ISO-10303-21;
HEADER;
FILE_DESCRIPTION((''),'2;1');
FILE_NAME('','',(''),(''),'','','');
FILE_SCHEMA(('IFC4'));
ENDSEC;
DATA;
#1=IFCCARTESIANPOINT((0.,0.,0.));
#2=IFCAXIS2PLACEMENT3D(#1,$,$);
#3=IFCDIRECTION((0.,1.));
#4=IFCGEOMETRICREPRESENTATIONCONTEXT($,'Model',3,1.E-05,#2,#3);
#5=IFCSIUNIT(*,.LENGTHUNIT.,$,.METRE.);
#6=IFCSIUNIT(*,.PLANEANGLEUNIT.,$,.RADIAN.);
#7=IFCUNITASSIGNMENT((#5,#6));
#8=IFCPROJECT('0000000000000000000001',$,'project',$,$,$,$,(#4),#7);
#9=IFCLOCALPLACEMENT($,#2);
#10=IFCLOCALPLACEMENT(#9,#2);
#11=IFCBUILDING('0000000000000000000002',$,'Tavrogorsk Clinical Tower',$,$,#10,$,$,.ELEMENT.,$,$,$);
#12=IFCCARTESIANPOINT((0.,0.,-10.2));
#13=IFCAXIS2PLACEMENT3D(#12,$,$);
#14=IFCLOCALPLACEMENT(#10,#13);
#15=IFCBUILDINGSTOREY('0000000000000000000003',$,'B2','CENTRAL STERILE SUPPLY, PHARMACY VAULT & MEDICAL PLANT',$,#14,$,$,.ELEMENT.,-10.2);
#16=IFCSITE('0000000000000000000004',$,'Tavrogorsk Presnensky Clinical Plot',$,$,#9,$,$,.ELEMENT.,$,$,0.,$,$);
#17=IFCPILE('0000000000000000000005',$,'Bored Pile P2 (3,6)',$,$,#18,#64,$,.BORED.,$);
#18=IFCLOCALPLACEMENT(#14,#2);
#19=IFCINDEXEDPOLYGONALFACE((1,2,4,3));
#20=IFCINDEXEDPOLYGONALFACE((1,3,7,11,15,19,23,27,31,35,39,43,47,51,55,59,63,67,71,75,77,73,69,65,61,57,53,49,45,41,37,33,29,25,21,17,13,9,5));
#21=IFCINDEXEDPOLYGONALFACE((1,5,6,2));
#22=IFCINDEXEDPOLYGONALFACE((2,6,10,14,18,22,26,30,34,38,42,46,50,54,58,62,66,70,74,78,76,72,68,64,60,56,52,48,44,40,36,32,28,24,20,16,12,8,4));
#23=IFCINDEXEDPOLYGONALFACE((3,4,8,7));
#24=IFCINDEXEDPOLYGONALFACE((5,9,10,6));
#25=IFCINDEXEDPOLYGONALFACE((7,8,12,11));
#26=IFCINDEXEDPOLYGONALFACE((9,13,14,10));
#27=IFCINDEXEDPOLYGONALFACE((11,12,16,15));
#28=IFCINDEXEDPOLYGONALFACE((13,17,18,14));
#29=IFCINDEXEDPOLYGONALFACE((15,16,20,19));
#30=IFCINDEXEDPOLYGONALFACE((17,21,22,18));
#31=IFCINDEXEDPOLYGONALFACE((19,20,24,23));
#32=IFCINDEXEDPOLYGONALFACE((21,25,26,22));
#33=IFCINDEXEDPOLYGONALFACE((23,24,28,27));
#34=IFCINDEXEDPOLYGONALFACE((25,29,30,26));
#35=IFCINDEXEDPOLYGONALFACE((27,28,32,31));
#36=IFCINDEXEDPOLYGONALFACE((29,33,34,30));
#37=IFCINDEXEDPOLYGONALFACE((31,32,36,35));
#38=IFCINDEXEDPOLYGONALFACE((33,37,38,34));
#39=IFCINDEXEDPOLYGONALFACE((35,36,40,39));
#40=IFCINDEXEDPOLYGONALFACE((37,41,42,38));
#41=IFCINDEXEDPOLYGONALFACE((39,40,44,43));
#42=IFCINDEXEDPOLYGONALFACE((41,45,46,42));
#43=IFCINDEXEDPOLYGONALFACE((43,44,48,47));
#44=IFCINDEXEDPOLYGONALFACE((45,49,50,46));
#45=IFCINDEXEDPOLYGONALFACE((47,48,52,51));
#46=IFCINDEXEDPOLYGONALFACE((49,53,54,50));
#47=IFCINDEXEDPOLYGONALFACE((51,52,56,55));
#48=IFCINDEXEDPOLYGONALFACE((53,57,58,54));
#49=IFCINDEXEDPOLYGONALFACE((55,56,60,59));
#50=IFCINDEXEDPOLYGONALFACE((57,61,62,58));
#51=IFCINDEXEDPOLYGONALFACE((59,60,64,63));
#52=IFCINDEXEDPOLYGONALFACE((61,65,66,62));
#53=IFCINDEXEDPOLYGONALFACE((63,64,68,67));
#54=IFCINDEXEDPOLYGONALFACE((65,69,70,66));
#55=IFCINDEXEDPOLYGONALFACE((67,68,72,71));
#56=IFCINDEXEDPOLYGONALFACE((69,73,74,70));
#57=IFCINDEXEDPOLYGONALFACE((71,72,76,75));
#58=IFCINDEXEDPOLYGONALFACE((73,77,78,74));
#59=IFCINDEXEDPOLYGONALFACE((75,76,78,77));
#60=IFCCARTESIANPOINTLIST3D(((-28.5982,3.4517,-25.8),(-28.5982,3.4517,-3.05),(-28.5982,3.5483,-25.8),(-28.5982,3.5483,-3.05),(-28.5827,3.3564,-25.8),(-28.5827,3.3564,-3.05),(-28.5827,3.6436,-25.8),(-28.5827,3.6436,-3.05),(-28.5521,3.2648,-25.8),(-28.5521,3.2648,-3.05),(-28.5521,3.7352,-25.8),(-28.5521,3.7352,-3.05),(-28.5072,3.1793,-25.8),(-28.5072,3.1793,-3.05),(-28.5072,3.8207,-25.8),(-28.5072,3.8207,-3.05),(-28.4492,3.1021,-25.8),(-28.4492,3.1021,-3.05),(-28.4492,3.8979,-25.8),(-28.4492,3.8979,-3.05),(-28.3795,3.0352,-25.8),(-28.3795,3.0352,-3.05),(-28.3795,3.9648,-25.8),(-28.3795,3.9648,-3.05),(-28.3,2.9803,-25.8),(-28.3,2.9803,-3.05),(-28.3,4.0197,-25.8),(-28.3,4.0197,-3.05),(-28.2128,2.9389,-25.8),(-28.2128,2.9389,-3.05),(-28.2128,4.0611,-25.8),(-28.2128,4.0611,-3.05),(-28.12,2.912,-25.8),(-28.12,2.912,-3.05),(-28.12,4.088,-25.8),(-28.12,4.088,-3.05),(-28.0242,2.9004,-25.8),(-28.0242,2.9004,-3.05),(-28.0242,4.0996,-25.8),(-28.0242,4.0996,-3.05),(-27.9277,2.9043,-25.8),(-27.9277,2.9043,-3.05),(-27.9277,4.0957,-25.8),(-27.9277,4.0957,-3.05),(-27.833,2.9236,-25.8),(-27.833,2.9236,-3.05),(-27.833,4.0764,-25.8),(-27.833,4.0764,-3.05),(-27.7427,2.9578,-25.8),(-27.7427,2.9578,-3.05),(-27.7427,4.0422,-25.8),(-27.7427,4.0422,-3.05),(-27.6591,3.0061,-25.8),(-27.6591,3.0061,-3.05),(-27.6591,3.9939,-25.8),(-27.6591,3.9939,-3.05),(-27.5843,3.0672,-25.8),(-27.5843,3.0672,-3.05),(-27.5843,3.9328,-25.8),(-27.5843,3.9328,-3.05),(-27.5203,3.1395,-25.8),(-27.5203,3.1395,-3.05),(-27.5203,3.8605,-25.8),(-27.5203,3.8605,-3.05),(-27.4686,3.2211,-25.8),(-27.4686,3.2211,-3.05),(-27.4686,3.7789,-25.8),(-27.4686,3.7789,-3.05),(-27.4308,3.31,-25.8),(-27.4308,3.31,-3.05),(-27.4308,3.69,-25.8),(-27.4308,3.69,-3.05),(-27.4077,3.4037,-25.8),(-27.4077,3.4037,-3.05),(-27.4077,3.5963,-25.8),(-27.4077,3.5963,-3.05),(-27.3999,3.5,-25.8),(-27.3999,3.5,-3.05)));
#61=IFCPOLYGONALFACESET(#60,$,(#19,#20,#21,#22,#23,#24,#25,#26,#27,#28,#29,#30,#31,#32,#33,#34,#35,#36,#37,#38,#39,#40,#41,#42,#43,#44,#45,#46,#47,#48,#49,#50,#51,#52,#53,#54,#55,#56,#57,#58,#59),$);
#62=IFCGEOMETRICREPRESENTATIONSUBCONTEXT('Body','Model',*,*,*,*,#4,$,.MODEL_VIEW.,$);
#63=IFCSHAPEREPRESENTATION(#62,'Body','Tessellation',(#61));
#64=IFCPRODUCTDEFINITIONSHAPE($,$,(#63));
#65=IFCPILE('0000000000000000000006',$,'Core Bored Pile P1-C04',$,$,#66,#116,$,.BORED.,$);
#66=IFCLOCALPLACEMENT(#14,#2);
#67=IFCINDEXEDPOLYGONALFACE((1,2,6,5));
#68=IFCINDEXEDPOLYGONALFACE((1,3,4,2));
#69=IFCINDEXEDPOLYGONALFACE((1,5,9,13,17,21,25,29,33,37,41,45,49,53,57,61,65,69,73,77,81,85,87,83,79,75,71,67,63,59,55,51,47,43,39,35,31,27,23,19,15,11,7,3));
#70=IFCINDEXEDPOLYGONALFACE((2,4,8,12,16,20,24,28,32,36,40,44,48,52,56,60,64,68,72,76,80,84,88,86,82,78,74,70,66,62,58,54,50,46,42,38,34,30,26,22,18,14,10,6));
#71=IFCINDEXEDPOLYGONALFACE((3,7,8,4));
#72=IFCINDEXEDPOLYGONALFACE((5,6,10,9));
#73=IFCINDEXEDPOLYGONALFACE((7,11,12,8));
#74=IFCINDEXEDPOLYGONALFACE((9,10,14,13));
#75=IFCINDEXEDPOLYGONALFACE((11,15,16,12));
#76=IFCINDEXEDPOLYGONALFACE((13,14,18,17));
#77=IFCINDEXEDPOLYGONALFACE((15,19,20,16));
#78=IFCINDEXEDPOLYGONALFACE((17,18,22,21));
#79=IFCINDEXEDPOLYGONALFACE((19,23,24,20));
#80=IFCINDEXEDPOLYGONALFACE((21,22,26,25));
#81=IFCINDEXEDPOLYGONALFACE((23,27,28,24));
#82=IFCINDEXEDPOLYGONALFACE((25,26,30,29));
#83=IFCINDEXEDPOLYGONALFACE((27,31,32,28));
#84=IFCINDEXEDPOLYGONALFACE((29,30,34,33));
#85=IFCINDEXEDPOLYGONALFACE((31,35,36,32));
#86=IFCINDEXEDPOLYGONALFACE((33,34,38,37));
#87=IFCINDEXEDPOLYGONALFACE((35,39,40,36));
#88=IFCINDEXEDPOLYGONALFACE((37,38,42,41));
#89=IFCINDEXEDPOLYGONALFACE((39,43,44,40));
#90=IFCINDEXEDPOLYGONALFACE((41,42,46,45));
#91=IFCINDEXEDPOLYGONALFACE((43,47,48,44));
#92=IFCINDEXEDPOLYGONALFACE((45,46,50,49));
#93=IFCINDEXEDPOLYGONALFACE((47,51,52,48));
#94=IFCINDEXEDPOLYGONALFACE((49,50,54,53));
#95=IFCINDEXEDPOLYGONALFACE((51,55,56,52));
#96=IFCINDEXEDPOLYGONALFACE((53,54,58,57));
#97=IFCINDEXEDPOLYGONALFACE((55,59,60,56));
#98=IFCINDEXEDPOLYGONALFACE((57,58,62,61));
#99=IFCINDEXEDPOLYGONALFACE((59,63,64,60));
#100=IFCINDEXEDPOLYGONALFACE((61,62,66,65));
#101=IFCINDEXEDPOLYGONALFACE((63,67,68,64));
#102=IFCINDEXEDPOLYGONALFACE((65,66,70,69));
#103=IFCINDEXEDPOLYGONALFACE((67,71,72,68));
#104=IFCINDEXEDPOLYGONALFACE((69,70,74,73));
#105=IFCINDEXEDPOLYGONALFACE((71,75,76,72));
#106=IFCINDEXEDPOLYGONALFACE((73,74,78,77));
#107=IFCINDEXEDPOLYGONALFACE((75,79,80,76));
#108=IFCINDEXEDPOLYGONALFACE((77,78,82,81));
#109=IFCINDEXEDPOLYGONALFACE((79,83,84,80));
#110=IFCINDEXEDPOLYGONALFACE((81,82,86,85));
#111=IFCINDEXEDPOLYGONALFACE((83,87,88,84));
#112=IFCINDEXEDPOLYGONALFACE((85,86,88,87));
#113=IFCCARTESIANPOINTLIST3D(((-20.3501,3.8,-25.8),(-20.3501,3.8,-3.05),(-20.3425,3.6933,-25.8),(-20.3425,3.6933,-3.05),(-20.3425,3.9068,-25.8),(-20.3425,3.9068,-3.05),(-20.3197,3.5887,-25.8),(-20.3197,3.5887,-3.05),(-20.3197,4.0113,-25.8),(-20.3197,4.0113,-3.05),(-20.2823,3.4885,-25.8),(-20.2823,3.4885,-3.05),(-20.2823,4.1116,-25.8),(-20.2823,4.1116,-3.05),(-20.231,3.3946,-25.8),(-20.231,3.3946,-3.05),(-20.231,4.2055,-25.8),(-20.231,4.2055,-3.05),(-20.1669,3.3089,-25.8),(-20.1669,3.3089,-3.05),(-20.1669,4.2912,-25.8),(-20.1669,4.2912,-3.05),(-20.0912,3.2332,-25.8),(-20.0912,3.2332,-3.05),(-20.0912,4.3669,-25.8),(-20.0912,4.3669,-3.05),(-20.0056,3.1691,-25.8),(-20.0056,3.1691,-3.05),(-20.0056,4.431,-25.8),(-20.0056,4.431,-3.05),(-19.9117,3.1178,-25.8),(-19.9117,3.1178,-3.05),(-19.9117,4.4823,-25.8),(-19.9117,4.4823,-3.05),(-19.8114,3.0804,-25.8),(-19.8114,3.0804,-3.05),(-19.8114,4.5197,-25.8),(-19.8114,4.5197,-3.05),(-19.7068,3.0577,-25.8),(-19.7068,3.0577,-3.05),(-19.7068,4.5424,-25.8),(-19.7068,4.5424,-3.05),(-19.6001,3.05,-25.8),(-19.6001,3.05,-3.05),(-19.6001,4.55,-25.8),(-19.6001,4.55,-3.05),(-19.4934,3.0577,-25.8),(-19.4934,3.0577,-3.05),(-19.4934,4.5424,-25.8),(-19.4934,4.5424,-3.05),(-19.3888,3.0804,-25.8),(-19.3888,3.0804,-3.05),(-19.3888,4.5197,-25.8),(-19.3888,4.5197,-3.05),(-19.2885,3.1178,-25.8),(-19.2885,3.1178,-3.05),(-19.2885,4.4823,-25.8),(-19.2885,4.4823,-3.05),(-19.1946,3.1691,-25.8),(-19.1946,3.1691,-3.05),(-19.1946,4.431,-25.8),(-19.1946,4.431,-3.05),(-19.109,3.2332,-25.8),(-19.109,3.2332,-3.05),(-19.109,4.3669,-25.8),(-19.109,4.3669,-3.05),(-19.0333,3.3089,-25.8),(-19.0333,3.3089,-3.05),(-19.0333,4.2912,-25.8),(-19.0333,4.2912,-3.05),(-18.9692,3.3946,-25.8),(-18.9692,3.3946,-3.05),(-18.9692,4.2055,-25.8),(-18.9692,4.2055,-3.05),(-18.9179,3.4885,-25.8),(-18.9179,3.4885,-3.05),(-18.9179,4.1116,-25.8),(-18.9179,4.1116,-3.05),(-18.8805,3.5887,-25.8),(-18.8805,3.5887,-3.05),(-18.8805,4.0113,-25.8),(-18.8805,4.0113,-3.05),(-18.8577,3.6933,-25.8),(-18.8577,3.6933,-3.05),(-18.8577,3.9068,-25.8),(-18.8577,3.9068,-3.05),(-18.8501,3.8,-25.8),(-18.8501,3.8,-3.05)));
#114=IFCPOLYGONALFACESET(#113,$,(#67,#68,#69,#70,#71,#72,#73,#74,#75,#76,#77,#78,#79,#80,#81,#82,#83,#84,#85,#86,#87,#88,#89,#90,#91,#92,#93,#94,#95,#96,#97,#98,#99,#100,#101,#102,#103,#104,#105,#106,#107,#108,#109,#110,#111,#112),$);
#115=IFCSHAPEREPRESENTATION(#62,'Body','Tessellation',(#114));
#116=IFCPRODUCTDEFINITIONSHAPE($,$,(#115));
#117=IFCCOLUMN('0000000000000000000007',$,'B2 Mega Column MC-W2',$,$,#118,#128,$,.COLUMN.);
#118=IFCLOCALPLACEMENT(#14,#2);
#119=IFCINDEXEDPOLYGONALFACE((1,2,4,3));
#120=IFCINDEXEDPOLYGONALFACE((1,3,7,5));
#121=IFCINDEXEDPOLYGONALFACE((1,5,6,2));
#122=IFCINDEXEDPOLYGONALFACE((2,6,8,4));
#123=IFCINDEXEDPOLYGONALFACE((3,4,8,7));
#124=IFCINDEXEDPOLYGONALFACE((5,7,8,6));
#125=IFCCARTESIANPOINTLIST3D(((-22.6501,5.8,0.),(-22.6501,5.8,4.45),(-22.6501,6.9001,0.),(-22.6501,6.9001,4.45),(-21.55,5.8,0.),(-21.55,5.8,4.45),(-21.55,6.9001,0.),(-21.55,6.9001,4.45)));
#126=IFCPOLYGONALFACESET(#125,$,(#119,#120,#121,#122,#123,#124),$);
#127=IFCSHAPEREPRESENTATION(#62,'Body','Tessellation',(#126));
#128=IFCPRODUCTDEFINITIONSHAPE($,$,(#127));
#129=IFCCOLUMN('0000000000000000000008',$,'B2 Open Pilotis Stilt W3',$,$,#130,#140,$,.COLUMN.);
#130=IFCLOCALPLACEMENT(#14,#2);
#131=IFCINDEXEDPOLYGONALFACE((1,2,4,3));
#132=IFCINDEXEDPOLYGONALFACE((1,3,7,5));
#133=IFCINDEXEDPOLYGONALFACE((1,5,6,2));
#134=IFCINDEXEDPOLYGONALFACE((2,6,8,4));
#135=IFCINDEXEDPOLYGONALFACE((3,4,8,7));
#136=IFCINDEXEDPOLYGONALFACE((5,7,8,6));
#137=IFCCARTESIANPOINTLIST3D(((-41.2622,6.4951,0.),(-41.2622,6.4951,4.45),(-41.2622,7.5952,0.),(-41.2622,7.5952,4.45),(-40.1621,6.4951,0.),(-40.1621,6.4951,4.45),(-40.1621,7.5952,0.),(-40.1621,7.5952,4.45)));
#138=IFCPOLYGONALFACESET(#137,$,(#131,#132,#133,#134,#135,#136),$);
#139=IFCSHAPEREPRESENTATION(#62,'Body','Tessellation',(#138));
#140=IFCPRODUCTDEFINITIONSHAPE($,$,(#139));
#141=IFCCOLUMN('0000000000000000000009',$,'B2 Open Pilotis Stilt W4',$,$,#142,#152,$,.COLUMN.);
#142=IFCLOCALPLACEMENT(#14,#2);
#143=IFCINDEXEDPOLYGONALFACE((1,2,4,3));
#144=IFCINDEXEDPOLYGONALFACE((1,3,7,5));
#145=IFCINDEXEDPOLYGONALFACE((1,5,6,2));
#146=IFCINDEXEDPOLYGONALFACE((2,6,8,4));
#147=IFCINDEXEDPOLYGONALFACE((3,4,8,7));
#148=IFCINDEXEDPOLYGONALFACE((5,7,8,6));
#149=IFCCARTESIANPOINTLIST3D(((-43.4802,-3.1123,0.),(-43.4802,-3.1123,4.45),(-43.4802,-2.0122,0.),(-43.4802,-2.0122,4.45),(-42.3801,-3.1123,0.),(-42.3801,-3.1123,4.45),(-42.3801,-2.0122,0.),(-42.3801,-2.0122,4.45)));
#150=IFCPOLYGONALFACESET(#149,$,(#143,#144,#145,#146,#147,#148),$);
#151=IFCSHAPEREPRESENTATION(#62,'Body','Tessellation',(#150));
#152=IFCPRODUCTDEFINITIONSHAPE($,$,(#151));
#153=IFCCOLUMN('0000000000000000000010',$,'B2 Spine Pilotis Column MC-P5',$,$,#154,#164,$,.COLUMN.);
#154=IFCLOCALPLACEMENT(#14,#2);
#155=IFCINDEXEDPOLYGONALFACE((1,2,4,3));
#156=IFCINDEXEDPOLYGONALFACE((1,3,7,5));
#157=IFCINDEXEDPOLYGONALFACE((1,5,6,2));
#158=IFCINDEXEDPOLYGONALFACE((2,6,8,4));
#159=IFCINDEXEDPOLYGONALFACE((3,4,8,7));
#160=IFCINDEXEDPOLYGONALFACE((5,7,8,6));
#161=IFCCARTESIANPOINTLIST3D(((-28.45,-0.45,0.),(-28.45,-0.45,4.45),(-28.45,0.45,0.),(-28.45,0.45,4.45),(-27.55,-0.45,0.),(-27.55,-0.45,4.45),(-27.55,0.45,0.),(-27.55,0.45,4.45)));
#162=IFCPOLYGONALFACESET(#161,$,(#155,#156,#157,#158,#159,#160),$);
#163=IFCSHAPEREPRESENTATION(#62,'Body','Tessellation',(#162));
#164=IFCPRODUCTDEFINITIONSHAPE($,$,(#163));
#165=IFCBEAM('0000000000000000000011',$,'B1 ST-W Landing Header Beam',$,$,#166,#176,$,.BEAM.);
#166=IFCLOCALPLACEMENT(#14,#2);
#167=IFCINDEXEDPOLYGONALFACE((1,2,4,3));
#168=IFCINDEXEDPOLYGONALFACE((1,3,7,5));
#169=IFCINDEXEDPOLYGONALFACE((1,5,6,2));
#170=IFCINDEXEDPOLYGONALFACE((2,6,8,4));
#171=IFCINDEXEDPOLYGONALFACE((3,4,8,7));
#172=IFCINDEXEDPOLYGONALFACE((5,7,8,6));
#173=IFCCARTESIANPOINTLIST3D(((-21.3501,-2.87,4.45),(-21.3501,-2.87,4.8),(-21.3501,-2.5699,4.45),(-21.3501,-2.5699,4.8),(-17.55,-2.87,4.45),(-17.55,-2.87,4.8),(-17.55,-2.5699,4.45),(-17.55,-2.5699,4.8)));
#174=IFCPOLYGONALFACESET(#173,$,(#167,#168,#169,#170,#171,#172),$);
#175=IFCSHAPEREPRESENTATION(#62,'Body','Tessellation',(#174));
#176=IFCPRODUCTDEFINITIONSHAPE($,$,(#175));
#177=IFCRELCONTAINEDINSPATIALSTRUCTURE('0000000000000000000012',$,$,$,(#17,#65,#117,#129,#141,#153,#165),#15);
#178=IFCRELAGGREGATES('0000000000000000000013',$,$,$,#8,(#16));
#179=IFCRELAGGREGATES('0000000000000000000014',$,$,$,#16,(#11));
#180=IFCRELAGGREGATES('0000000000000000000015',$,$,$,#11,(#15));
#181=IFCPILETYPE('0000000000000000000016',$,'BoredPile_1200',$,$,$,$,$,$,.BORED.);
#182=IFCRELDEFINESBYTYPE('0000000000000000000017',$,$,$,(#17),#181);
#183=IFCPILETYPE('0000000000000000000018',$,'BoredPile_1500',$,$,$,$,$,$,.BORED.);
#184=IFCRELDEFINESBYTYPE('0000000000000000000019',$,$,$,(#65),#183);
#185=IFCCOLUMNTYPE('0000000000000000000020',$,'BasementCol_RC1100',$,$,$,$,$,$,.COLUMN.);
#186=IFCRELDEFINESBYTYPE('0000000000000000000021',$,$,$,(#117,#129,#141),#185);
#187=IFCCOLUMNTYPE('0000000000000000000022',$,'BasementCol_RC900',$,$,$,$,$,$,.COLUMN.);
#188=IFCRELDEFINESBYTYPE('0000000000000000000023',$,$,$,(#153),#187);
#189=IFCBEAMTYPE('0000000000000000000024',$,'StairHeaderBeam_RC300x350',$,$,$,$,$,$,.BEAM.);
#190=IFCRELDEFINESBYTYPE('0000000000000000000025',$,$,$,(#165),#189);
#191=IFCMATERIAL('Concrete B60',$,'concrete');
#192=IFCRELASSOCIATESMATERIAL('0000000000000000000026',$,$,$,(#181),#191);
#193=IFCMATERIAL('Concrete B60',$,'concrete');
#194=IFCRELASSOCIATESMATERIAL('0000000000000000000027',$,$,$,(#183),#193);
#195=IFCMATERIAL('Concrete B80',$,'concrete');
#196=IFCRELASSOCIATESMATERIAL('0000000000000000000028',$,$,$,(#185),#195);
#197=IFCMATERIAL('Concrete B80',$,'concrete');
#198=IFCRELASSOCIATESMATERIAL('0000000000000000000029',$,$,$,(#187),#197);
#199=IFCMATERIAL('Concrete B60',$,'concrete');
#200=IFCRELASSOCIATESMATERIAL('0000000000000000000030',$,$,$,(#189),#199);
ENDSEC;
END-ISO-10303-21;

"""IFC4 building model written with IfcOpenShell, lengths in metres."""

from ifc_helpers import new_model, si_unit, direction, frame, origin, origin_2d, place, context, subcontext, project, spatial, rectangle, circle, extrude, material, material_profile, profile_set, type_object, element, save


model = new_model("IFC4")

# Units and contexts
model_context = context("Model", 3, precision=1e-05, world=origin(), true_north=direction((0.0, 1.0)))
body_context = subcontext(model_context, "Body", "Model", "MODEL_VIEW")
ifc_project = project(units=[si_unit("LENGTHUNIT", "METRE"), si_unit("PLANEANGLEUNIT", "RADIAN")], contexts=[model_context])

# Site, building, storey
site_placement = place(None, origin())
site = spatial("IfcSite", under=ifc_project, at=site_placement, Name="Tavrogorsk Presnensky Clinical Plot", CompositionType="ELEMENT", RefElevation=0.0)
building_placement = place(site_placement, origin())
building = spatial("IfcBuilding", under=site, at=building_placement, Name="Tavrogorsk Clinical Tower", CompositionType="ELEMENT")
storey_placement = place(building_placement, frame((0.0, 0.0, -10.2)))
storey = spatial("IfcBuildingStorey", under=building, at=storey_placement, Name="B2", Description="CENTRAL STERILE SUPPLY, PHARMACY VAULT & MEDICAL PLANT", CompositionType="ELEMENT", Elevation=-10.2)

# Piles
ifc_material_1 = material(Name="Concrete B60", Category="concrete")
ifc_material_profile_1 = material_profile(ifc_material_1, circle(Radius=0.6001, at=origin_2d()), Name="BORED-PILE-1200")
ifc_profile_set_1 = profile_set([ifc_material_profile_1], Name="Concrete B60")
pile_type_1 = type_object("IfcPileType", Name="BoredPile_1200", PredefinedType="BORED", material=ifc_profile_set_1)
for number, where, z_axis, x_axis, name in (
    (1, (-28.0, 3.5, -3.05), (0.0, 0.0, -1.0), (1.0, 0.0, 0.0), "Bored Pile P2 (3,6)"),
):
    element("IfcPile", number, at=place(storey_placement, frame(where, z_axis=z_axis, x_axis=x_axis)), inside=storey, type_object=pile_type_1, Name=name, PredefinedType="BORED", context=body_context, shape_type="SweptSolid", body=[
        extrude(circle(Radius=0.6001, at=origin_2d()), origin(), (0.0, 0.0, 1.0), 22.75),
    ])
ifc_material_2 = material(Name="Concrete B60", Category="concrete")
ifc_material_profile_2 = material_profile(ifc_material_2, circle(Radius=0.75, at=origin_2d()), Name="BORED-PILE-1500")
ifc_profile_set_2 = profile_set([ifc_material_profile_2], Name="Concrete B60")
pile_type_2 = type_object("IfcPileType", Name="BoredPile_1500", PredefinedType="BORED", material=ifc_profile_set_2)
pile_placement = place(storey_placement, frame((-19.6001, 3.8, -3.05), z_axis=(0.0, 0.0, -1.0), x_axis=(1.0, 0.0, 0.0)))
element("IfcPile", 2, at=pile_placement, inside=storey, type_object=pile_type_2, Name="Core Bored Pile P1-C04", PredefinedType="BORED", context=body_context, shape_type="SweptSolid", body=[
    extrude(circle(Radius=0.75, at=origin_2d()), origin(), (0.0, 0.0, 1.0), 22.75),
])

# Columns
ifc_material_3 = material(Name="Concrete B80", Category="concrete")
ifc_material_profile_3 = material_profile(ifc_material_3, rectangle(XDim=1.1001, YDim=1.1001, at=origin_2d()), Name="RC-COL-1100x1100")
ifc_profile_set_3 = profile_set([ifc_material_profile_3], Name="Concrete B80")
column_type_1 = type_object("IfcColumnType", Name="BasementCol_RC1100", PredefinedType="COLUMN", material=ifc_profile_set_3)
for number, where, z_axis, x_axis, name in (
    (3, (-22.1001, 6.3501, 0.0), (0.0, 0.0, 1.0), (1.0, 0.0, 0.0), "B2 Mega Column MC-W2"),
    (4, (-40.7122, 7.0452, 0.0), (0.0, 0.0, 1.0), (1.0, 0.0, 0.0), "B2 Open Pilotis Stilt W3"),
    (5, (-42.9302, -2.5623, 0.0), (0.0, 0.0, 1.0), (1.0, 0.0, 0.0), "B2 Open Pilotis Stilt W4"),
):
    element("IfcColumn", number, at=place(storey_placement, frame(where, z_axis=z_axis, x_axis=x_axis)), inside=storey, type_object=column_type_1, Name=name, PredefinedType="COLUMN", context=body_context, shape_type="SweptSolid", body=[
        extrude(rectangle(XDim=1.1001, YDim=1.1001, at=origin_2d()), origin(), (0.0, 0.0, 1.0), 4.45),
    ])
ifc_material_4 = material(Name="Concrete B80", Category="concrete")
ifc_material_profile_4 = material_profile(ifc_material_4, rectangle(XDim=0.8999, YDim=0.8999, at=origin_2d()), Name="RC-COL-900x900")
ifc_profile_set_4 = profile_set([ifc_material_profile_4], Name="Concrete B80")
column_type_2 = type_object("IfcColumnType", Name="BasementCol_RC900", PredefinedType="COLUMN", material=ifc_profile_set_4)
column_placement = place(storey_placement, frame((-28.0, 0.0, 0.0), z_axis=(0.0, 0.0, 1.0), x_axis=(1.0, 0.0, 0.0)))
element("IfcColumn", 6, at=column_placement, inside=storey, type_object=column_type_2, Name="B2 Spine Pilotis Column MC-P5", PredefinedType="COLUMN", context=body_context, shape_type="SweptSolid", body=[
    extrude(rectangle(XDim=0.8999, YDim=0.8999, at=origin_2d()), origin(), (0.0, 0.0, 1.0), 4.45),
])

# Beam
ifc_material_5 = material(Name="Concrete B60", Category="concrete")
ifc_material_profile_5 = material_profile(ifc_material_5, rectangle(XDim=0.3, YDim=0.3501, at=origin_2d()), Name="RC-SHB-300x350")
ifc_profile_set_5 = profile_set([ifc_material_profile_5], Name="Concrete B60")
beam_type = type_object("IfcBeamType", Name="StairHeaderBeam_RC300x350", PredefinedType="BEAM", material=ifc_profile_set_5)
beam_placement = place(storey_placement, frame((-21.3501, -2.72, 4.625), z_axis=(1.0, 0.0, 0.0), x_axis=(0.0, 1.0, 0.0)))
element("IfcBeam", 7, at=beam_placement, inside=storey, type_object=beam_type, Name="B1 ST-W Landing Header Beam", PredefinedType="BEAM", context=body_context, shape_type="SweptSolid", body=[
    extrude(rectangle(XDim=0.3, YDim=0.3501, at=origin_2d()), origin(), (0.0, 0.0, 1.0), 3.8),
])

save(model, "model.ifc")
